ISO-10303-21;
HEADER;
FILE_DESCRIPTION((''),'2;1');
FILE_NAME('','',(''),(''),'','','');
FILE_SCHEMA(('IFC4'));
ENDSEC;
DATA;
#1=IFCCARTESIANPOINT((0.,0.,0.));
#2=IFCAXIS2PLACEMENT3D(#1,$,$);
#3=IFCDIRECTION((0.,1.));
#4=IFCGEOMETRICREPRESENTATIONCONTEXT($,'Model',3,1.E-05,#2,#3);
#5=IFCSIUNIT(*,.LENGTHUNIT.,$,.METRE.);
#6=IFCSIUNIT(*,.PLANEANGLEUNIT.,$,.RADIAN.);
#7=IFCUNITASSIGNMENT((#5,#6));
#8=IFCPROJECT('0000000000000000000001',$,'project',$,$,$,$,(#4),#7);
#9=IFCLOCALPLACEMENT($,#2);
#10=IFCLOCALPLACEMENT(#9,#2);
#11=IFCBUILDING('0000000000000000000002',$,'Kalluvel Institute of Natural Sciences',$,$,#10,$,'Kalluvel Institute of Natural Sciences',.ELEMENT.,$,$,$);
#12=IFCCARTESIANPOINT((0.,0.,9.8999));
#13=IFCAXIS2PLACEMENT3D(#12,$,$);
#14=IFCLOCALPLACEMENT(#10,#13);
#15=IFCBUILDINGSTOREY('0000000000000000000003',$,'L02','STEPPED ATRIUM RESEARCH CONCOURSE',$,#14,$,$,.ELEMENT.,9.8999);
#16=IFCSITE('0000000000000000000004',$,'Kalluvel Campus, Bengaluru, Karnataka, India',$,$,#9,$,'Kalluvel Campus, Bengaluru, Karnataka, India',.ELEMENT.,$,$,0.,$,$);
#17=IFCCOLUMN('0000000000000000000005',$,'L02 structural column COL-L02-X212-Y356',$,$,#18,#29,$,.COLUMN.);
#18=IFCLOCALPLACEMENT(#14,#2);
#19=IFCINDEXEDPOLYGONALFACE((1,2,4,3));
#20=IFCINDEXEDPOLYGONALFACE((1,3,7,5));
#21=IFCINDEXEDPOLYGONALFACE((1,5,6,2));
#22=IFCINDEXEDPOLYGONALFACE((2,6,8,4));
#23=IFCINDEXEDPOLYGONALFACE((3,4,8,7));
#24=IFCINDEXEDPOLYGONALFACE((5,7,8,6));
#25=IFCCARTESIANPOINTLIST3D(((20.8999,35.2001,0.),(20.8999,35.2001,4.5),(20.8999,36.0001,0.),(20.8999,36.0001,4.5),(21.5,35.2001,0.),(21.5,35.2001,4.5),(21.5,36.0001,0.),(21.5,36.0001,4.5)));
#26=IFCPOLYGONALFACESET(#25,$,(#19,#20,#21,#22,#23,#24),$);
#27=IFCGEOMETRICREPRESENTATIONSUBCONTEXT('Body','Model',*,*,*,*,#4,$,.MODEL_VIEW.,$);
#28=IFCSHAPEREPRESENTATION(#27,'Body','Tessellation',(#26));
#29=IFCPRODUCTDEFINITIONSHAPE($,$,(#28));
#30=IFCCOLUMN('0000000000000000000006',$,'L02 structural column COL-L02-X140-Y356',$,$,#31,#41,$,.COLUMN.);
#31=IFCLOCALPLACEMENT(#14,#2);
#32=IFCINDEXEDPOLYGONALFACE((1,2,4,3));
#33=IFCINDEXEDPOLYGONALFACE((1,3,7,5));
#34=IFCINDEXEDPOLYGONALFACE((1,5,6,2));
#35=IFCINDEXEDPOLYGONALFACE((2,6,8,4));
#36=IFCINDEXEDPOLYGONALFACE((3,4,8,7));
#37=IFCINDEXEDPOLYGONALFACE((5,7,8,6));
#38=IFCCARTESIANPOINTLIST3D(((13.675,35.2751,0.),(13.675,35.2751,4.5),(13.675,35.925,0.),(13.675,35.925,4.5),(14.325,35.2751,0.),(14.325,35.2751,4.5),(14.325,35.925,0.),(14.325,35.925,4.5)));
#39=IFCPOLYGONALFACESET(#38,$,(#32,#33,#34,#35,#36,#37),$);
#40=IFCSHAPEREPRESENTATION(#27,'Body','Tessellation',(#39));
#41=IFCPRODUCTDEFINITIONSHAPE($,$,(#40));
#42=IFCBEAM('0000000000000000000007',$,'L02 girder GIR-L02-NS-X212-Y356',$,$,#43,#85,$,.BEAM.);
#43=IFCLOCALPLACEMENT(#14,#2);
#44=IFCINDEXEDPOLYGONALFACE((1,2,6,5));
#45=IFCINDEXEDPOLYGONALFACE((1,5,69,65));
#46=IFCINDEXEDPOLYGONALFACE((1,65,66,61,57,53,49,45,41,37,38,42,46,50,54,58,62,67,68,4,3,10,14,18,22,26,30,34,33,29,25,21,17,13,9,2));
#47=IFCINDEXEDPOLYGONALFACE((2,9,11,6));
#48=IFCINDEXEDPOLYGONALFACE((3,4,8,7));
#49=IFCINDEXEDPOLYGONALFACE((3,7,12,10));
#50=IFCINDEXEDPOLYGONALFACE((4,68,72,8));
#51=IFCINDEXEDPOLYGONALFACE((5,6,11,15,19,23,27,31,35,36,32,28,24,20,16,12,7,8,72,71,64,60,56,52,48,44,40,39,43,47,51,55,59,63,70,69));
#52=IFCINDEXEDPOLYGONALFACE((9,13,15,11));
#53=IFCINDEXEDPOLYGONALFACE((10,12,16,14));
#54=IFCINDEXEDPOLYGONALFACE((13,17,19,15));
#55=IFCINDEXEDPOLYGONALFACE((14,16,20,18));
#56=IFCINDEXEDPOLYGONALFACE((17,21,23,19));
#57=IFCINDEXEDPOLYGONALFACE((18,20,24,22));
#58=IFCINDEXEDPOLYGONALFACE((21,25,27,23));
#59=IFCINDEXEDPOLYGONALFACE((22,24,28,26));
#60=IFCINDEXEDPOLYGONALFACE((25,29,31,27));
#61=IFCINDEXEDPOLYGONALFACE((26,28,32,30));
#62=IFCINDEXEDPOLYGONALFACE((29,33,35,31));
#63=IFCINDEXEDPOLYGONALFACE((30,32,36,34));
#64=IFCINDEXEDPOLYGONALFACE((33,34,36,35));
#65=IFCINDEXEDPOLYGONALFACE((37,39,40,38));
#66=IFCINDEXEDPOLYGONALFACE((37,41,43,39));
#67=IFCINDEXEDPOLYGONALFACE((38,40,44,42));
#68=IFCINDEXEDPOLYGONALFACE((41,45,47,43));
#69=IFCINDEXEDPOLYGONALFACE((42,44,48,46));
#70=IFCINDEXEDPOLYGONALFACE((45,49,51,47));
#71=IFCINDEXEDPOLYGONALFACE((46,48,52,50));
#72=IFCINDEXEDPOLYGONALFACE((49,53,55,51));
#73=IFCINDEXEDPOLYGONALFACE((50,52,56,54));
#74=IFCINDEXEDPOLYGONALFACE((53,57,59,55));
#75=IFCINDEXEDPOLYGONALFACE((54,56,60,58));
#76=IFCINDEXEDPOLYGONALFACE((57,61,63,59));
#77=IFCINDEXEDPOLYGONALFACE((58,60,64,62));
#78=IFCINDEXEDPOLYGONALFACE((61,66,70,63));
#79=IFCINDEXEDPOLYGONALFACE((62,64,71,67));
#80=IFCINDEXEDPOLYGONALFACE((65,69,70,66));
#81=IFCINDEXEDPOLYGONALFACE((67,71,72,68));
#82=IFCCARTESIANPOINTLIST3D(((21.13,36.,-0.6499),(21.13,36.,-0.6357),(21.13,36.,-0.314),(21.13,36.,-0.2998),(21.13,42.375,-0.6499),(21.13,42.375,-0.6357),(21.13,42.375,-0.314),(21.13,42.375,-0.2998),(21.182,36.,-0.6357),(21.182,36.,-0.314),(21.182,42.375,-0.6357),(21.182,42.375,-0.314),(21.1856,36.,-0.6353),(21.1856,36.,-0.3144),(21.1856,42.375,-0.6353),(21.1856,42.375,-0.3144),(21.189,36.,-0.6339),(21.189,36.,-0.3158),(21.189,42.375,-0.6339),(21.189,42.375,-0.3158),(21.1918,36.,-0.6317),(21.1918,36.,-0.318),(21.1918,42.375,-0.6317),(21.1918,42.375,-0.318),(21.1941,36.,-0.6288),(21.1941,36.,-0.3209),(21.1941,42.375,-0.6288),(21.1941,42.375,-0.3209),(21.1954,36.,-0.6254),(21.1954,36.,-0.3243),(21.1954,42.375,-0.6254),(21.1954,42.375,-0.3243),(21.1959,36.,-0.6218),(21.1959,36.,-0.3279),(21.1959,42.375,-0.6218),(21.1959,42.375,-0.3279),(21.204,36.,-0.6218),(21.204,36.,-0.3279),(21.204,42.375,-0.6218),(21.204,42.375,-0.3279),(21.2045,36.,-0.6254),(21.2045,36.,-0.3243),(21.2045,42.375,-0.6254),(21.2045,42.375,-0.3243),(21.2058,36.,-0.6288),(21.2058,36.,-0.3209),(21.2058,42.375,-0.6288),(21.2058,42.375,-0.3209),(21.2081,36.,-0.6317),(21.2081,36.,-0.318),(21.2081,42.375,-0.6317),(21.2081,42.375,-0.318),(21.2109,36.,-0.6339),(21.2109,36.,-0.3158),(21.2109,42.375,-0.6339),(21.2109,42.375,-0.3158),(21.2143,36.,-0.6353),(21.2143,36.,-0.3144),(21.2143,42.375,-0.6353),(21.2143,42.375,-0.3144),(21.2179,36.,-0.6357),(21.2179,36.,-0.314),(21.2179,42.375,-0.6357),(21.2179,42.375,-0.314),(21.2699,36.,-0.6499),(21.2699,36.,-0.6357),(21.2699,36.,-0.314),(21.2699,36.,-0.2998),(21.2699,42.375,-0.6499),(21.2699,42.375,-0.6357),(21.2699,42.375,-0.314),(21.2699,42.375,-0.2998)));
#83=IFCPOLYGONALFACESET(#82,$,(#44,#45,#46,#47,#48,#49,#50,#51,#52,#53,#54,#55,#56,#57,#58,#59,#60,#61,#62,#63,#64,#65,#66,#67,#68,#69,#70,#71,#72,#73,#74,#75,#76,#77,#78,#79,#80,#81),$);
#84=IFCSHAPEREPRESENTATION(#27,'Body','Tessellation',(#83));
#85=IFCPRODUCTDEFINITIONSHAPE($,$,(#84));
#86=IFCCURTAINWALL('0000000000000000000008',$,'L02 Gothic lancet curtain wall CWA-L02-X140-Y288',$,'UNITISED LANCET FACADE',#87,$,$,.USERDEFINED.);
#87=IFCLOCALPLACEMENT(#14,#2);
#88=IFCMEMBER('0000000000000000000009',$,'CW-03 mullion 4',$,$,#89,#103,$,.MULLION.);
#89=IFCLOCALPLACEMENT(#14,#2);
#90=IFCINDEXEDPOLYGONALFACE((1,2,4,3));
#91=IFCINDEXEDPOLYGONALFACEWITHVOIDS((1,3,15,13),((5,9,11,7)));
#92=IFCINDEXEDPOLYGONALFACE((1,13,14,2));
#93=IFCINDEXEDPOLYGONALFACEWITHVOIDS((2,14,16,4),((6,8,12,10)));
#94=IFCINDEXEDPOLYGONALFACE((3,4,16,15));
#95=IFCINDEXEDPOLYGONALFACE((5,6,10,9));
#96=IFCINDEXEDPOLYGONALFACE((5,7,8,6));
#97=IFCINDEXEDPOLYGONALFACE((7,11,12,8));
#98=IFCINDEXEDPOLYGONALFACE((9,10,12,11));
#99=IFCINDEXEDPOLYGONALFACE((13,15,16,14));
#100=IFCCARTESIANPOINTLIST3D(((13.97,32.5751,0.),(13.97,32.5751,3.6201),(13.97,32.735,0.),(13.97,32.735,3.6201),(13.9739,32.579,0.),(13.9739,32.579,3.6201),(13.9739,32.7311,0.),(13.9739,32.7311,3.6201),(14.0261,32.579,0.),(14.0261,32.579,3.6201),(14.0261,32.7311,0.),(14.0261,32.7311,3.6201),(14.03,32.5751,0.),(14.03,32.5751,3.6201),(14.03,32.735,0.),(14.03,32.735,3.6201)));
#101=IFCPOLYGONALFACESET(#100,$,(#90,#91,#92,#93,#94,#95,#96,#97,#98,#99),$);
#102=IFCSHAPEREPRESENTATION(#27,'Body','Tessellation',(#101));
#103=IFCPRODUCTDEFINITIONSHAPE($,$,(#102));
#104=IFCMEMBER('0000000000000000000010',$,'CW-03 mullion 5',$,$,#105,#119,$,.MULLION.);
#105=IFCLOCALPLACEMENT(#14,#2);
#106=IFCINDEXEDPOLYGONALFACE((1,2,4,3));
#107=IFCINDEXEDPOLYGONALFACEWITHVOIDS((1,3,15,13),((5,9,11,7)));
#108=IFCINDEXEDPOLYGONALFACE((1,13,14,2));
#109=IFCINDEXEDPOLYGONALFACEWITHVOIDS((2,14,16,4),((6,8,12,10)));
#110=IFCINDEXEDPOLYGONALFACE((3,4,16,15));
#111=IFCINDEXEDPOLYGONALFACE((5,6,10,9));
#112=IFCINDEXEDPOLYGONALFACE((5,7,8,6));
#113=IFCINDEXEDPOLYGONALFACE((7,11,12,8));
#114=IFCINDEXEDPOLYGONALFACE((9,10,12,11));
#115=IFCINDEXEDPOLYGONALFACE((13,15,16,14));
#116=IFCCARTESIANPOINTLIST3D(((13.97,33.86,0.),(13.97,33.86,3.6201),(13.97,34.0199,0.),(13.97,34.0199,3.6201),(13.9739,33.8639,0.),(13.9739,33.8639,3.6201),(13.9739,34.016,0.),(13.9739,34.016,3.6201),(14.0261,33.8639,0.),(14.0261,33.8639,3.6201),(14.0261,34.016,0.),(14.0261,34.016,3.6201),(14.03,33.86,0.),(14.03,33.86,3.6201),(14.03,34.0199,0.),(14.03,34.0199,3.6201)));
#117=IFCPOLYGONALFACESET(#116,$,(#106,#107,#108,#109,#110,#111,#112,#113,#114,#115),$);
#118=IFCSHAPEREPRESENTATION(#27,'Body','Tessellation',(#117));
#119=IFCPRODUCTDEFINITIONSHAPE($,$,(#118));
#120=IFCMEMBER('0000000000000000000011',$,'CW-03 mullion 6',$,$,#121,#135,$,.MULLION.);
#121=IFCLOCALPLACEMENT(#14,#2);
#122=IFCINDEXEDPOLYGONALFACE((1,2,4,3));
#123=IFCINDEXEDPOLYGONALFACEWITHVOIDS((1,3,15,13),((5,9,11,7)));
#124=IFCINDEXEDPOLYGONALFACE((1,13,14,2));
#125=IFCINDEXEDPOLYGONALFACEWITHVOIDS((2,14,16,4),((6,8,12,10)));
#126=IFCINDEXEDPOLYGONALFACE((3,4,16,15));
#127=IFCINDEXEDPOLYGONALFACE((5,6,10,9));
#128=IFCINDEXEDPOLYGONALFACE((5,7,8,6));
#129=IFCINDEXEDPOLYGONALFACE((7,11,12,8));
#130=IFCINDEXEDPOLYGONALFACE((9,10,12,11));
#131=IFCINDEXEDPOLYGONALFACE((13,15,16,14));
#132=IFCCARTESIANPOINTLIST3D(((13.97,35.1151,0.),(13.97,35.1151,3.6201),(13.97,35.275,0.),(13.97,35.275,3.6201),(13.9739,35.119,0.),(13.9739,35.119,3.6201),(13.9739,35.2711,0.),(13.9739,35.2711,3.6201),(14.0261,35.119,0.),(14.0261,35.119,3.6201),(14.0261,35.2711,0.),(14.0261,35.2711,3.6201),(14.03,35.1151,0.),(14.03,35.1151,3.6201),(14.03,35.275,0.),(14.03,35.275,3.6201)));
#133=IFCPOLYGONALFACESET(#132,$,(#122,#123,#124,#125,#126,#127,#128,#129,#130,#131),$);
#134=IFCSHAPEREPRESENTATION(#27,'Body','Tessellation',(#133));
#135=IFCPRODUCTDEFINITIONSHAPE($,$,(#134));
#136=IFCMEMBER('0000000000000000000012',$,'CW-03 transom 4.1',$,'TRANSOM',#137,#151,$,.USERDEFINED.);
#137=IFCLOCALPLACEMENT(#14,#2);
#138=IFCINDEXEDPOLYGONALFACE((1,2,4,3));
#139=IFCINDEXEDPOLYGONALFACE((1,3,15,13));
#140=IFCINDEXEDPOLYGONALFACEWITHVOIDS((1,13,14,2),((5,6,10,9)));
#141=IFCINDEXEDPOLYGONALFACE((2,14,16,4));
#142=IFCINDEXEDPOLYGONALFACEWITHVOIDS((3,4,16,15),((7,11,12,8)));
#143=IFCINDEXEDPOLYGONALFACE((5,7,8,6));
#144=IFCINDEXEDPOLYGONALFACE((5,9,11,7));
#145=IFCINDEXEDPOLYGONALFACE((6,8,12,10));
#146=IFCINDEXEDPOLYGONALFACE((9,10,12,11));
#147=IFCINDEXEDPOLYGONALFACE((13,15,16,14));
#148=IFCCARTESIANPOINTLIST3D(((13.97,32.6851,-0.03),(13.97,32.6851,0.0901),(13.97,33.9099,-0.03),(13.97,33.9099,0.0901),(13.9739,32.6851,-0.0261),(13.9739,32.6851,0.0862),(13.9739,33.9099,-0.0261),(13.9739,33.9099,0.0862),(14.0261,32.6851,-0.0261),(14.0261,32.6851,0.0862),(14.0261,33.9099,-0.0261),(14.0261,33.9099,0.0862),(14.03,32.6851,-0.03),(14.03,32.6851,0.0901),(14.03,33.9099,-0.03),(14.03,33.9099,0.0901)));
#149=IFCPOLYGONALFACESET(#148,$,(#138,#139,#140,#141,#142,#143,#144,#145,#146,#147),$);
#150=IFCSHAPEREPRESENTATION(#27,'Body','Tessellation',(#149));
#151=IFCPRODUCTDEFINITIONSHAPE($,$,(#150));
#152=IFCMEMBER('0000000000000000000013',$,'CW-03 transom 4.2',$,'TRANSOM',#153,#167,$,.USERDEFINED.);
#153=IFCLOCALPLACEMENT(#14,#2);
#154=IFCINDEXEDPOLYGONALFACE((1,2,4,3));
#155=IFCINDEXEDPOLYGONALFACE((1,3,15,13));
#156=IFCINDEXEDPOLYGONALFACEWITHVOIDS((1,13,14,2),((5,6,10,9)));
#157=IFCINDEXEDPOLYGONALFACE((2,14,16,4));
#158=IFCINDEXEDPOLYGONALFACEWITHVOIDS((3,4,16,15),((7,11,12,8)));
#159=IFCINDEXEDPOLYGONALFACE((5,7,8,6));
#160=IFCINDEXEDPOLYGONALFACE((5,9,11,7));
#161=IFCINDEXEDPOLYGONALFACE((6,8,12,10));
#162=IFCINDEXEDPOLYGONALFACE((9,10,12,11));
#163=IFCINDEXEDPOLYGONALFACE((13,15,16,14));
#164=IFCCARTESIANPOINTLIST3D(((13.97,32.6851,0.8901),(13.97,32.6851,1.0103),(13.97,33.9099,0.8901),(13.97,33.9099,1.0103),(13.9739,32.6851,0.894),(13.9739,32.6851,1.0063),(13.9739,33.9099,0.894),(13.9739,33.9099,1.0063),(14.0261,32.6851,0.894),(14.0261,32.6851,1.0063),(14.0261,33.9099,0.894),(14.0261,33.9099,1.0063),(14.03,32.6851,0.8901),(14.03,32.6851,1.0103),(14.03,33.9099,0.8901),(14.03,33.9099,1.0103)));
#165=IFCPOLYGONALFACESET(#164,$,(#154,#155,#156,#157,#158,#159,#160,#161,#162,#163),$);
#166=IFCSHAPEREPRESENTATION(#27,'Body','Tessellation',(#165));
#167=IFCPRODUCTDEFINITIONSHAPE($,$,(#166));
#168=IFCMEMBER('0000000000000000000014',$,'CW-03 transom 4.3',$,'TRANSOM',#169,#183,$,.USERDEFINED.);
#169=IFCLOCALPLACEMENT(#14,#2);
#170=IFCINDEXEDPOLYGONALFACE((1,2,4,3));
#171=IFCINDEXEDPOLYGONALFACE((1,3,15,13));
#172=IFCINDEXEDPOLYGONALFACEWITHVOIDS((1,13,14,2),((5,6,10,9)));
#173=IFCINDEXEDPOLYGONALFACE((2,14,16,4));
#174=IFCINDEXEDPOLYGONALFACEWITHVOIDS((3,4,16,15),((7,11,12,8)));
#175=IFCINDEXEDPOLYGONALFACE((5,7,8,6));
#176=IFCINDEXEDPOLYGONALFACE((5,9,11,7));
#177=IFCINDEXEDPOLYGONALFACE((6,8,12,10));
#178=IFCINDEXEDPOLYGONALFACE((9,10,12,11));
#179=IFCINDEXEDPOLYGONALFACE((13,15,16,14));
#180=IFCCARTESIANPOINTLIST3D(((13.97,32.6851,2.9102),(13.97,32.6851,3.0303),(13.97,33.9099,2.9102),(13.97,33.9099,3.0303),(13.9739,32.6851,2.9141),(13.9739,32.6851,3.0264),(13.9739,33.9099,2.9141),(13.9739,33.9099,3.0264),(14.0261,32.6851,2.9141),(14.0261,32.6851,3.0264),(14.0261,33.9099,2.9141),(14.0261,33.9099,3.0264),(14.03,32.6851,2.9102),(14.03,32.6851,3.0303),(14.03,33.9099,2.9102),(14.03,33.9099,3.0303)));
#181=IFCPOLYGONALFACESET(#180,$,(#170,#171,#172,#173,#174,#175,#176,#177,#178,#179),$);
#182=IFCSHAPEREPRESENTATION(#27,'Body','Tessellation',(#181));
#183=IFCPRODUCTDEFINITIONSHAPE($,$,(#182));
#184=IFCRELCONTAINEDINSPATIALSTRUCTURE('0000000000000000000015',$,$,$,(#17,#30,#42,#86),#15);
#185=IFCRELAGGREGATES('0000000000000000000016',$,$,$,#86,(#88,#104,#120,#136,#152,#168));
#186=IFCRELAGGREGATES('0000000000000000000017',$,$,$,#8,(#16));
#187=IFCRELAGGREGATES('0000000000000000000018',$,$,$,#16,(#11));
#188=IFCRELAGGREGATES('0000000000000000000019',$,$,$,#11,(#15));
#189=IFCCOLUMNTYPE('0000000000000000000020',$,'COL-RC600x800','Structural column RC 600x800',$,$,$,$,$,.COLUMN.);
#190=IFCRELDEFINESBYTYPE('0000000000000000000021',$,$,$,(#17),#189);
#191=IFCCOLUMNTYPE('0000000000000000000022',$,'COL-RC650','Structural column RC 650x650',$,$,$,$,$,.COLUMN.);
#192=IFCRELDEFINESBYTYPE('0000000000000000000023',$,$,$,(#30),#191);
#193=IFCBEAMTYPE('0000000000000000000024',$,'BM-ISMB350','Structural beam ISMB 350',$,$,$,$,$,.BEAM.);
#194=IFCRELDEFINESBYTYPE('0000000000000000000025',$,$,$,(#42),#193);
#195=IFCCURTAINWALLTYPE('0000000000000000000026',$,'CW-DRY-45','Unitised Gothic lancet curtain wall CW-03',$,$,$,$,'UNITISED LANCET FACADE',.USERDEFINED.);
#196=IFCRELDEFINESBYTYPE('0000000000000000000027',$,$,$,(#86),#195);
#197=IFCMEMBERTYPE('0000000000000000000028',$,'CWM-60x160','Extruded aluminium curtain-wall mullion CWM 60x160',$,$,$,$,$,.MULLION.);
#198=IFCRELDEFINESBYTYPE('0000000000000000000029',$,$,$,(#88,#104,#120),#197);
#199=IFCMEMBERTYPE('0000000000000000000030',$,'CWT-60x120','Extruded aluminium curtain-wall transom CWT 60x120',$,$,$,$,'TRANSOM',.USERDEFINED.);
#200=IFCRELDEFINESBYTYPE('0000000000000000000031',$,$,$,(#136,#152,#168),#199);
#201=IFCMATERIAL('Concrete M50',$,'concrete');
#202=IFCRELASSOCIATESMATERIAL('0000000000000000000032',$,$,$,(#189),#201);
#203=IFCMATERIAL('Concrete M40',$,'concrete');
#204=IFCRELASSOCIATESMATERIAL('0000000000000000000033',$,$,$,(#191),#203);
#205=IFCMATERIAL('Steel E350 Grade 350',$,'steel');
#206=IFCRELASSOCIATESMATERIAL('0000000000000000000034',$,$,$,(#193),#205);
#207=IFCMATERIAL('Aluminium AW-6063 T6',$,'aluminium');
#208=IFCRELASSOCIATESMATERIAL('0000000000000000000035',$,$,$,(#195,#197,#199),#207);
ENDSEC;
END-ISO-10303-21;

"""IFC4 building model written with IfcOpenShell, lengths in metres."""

from ifc_helpers import new_model, si_unit, direction, frame, origin, origin_2d, place, context, subcontext, project, spatial, rectangle, hollow_rectangle, i_section, extrude, material, material_profile, profile_set, type_object, element, aggregate, save


model = new_model("IFC4")

# Units and contexts
model_context = context("Model", 3, precision=1e-05, world=origin(), true_north=direction((0.0, 1.0)))
body_context = subcontext(model_context, "Body", "Model", "MODEL_VIEW")
ifc_project = project(units=[si_unit("LENGTHUNIT", "METRE"), si_unit("PLANEANGLEUNIT", "RADIAN")], contexts=[model_context])

# Site, building, storey
site_placement = place(None, origin())
site = spatial("IfcSite", under=ifc_project, at=site_placement, Name="Kalluvel Campus, Bengaluru, Karnataka, India", LongName="Kalluvel Campus, Bengaluru, Karnataka, India", CompositionType="ELEMENT", RefElevation=0.0)
building_placement = place(site_placement, origin())
building = spatial("IfcBuilding", under=site, at=building_placement, Name="Kalluvel Institute of Natural Sciences", LongName="Kalluvel Institute of Natural Sciences", CompositionType="ELEMENT")
storey_placement = place(building_placement, frame((0.0, 0.0, 9.8999)))
storey = spatial("IfcBuildingStorey", under=building, at=storey_placement, Name="L02", Description="STEPPED ATRIUM RESEARCH CONCOURSE", CompositionType="ELEMENT", Elevation=9.8999)

# Columns
ifc_material_1 = material(Name="Concrete M50", Category="concrete")
ifc_material_profile_1 = material_profile(ifc_material_1, rectangle(XDim=0.6001, YDim=0.8, at=origin_2d()), Name="RC 600x800")
ifc_profile_set_1 = profile_set([ifc_material_profile_1], Name="Concrete M50")
column_type_1 = type_object("IfcColumnType", Name="COL-RC600x800", Description="Structural column RC 600x800", PredefinedType="COLUMN", material=ifc_profile_set_1)
column_1_placement = place(storey_placement, frame((21.2, 35.6001, 0.0), z_axis=(0.0, 0.0, 1.0), x_axis=(1.0, 0.0, 0.0)))
element("IfcColumn", 1, at=column_1_placement, inside=storey, type_object=column_type_1, Name="L02 structural column COL-L02-X212-Y356", PredefinedType="COLUMN", context=body_context, shape_type="SweptSolid", body=[
    extrude(rectangle(XDim=0.6001, YDim=0.8, at=origin_2d()), origin(), (0.0, 0.0, 1.0), 4.5),
])
ifc_material_2 = material(Name="Concrete M40", Category="concrete")
ifc_material_profile_2 = material_profile(ifc_material_2, rectangle(XDim=0.6499, YDim=0.6499, at=origin_2d()), Name="RC 650x650")
ifc_profile_set_2 = profile_set([ifc_material_profile_2], Name="Concrete M40")
column_type_2 = type_object("IfcColumnType", Name="COL-RC650", Description="Structural column RC 650x650", PredefinedType="COLUMN", material=ifc_profile_set_2)
column_2_placement = place(storey_placement, frame((14.0, 35.6001, 0.0), z_axis=(0.0, 0.0, 1.0), x_axis=(1.0, 0.0, 0.0)))
element("IfcColumn", 2, at=column_2_placement, inside=storey, type_object=column_type_2, Name="L02 structural column COL-L02-X140-Y356", PredefinedType="COLUMN", context=body_context, shape_type="SweptSolid", body=[
    extrude(rectangle(XDim=0.6499, YDim=0.6499, at=origin_2d()), origin(), (0.0, 0.0, 1.0), 4.5),
])

# Beam
ifc_material_3 = material(Name="Steel E350 Grade 350", Category="steel")
ifc_material_profile_3 = material_profile(ifc_material_3, i_section(OverallWidth=0.1399, OverallDepth=0.3501, WebThickness=0.0081, FlangeThickness=0.0142, FilletRadius=0.0139, at=origin_2d()), Name="ISMB 350")
ifc_profile_set_3 = profile_set([ifc_material_profile_3], Name="Steel E350 Grade 350")
beam_type_1 = type_object("IfcBeamType", Name="BM-ISMB350", Description="Structural beam ISMB 350", PredefinedType="BEAM", material=ifc_profile_set_3)
beam_1_placement = place(storey_placement, frame((21.2, 36.0, -0.4749), z_axis=(0.0, 1.0, 0.0), x_axis=(-1.0, 0.0, 0.0)))
element("IfcBeam", 3, at=beam_1_placement, inside=storey, type_object=beam_type_1, Name="L02 girder GIR-L02-NS-X212-Y356", PredefinedType="BEAM", context=body_context, shape_type="SweptSolid", body=[
    extrude(i_section(OverallWidth=0.1399, OverallDepth=0.3501, WebThickness=0.0081, FlangeThickness=0.0142, FilletRadius=0.0139, at=origin_2d()), origin(), (0.0, 0.0, 1.0), 6.375),
])

# Curtain wall, members
ifc_material_4 = material(Name="Aluminium AW-6063 T6", Category="aluminium")
curtain_wall_type = type_object("IfcCurtainWallType", Name="CW-DRY-45", Description="Unitised Gothic lancet curtain wall CW-03", ElementType="UNITISED LANCET FACADE", PredefinedType="USERDEFINED", material=ifc_material_4)
curtain_wall_placement = place(storey_placement, origin())
curtain_wall = element("IfcCurtainWall", 4, at=curtain_wall_placement, inside=storey, type_object=curtain_wall_type, Name="L02 Gothic lancet curtain wall CWA-L02-X140-Y288", ObjectType="UNITISED LANCET FACADE", PredefinedType="USERDEFINED")
ifc_material_profile_4 = material_profile(ifc_material_4, hollow_rectangle(XDim=0.0601, YDim=0.1599, WallThickness=0.0039, at=origin_2d()), Name="CWM 60x160")
ifc_profile_set_4 = profile_set([ifc_material_profile_4], Name="Aluminium AW-6063 T6")
member_type_1 = type_object("IfcMemberType", Name="CWM-60x160", Description="Extruded aluminium curtain-wall mullion CWM 60x160", PredefinedType="MULLION", material=ifc_profile_set_4)
member_1_placement = place(storey_placement, frame((14.0, 32.655, 0.0), z_axis=(0.0, 0.0, 1.0), x_axis=(-1.0, 0.0, 0.0)))
member_1 = element("IfcMember", 5, at=member_1_placement, type_object=member_type_1, Name="CW-03 mullion 4", PredefinedType="MULLION", context=body_context, shape_type="SweptSolid", body=[
    extrude(hollow_rectangle(XDim=0.0601, YDim=0.1599, WallThickness=0.0039, at=origin_2d()), origin(), (0.0, 0.0, 1.0), 3.6201),
])
member_2_placement = place(storey_placement, frame((14.0, 33.9399, 0.0), z_axis=(0.0, 0.0, 1.0), x_axis=(-1.0, 0.0, 0.0)))
member_2 = element("IfcMember", 6, at=member_2_placement, type_object=member_type_1, Name="CW-03 mullion 5", PredefinedType="MULLION", context=body_context, shape_type="SweptSolid", body=[
    extrude(hollow_rectangle(XDim=0.0601, YDim=0.1599, WallThickness=0.0039, at=origin_2d()), origin(), (0.0, 0.0, 1.0), 3.6201),
])
member_3_placement = place(storey_placement, frame((14.0, 35.1951, 0.0), z_axis=(0.0, 0.0, 1.0), x_axis=(-1.0, 0.0, 0.0)))
member_3 = element("IfcMember", 7, at=member_3_placement, type_object=member_type_1, Name="CW-03 mullion 6", PredefinedType="MULLION", context=body_context, shape_type="SweptSolid", body=[
    extrude(hollow_rectangle(XDim=0.0601, YDim=0.1599, WallThickness=0.0039, at=origin_2d()), origin(), (0.0, 0.0, 1.0), 3.6201),
])
ifc_material_profile_5 = material_profile(ifc_material_4, hollow_rectangle(XDim=0.0601, YDim=0.1201, WallThickness=0.0039, at=origin_2d()), Name="CWT 60x120")
ifc_profile_set_5 = profile_set([ifc_material_profile_5], Name="Aluminium AW-6063 T6")
member_type_2 = type_object("IfcMemberType", Name="CWT-60x120", Description="Extruded aluminium curtain-wall transom CWT 60x120", ElementType="TRANSOM", PredefinedType="USERDEFINED", material=ifc_profile_set_5)
member_4_placement = place(storey_placement, frame((14.0, 32.6851, 0.03), z_axis=(0.0, 1.0, 0.0), x_axis=(-1.0, 0.0, 0.0)))
member_4 = element("IfcMember", 8, at=member_4_placement, type_object=member_type_2, Name="CW-03 transom 4.1", ObjectType="TRANSOM", PredefinedType="USERDEFINED", context=body_context, shape_type="SweptSolid", body=[
    extrude(hollow_rectangle(XDim=0.0601, YDim=0.1201, WallThickness=0.0039, at=origin_2d()), origin(), (0.0, 0.0, 1.0), 1.2249),
])
member_5_placement = place(storey_placement, frame((14.0, 32.6851, 0.9502), z_axis=(0.0, 1.0, 0.0), x_axis=(-1.0, 0.0, 0.0)))
member_5 = element("IfcMember", 9, at=member_5_placement, type_object=member_type_2, Name="CW-03 transom 4.2", ObjectType="TRANSOM", PredefinedType="USERDEFINED", context=body_context, shape_type="SweptSolid", body=[
    extrude(hollow_rectangle(XDim=0.0601, YDim=0.1201, WallThickness=0.0039, at=origin_2d()), origin(), (0.0, 0.0, 1.0), 1.2249),
])
member_6_placement = place(storey_placement, frame((14.0, 32.6851, 2.9702), z_axis=(0.0, 1.0, 0.0), x_axis=(-1.0, 0.0, 0.0)))
member_6 = element("IfcMember", 10, at=member_6_placement, type_object=member_type_2, Name="CW-03 transom 4.3", ObjectType="TRANSOM", PredefinedType="USERDEFINED", context=body_context, shape_type="SweptSolid", body=[
    extrude(hollow_rectangle(XDim=0.0601, YDim=0.1201, WallThickness=0.0039, at=origin_2d()), origin(), (0.0, 0.0, 1.0), 1.2249),
])

aggregate(curtain_wall, [member_1, member_2, member_3, member_4, member_5, member_6])

save(model, "model.ifc")
